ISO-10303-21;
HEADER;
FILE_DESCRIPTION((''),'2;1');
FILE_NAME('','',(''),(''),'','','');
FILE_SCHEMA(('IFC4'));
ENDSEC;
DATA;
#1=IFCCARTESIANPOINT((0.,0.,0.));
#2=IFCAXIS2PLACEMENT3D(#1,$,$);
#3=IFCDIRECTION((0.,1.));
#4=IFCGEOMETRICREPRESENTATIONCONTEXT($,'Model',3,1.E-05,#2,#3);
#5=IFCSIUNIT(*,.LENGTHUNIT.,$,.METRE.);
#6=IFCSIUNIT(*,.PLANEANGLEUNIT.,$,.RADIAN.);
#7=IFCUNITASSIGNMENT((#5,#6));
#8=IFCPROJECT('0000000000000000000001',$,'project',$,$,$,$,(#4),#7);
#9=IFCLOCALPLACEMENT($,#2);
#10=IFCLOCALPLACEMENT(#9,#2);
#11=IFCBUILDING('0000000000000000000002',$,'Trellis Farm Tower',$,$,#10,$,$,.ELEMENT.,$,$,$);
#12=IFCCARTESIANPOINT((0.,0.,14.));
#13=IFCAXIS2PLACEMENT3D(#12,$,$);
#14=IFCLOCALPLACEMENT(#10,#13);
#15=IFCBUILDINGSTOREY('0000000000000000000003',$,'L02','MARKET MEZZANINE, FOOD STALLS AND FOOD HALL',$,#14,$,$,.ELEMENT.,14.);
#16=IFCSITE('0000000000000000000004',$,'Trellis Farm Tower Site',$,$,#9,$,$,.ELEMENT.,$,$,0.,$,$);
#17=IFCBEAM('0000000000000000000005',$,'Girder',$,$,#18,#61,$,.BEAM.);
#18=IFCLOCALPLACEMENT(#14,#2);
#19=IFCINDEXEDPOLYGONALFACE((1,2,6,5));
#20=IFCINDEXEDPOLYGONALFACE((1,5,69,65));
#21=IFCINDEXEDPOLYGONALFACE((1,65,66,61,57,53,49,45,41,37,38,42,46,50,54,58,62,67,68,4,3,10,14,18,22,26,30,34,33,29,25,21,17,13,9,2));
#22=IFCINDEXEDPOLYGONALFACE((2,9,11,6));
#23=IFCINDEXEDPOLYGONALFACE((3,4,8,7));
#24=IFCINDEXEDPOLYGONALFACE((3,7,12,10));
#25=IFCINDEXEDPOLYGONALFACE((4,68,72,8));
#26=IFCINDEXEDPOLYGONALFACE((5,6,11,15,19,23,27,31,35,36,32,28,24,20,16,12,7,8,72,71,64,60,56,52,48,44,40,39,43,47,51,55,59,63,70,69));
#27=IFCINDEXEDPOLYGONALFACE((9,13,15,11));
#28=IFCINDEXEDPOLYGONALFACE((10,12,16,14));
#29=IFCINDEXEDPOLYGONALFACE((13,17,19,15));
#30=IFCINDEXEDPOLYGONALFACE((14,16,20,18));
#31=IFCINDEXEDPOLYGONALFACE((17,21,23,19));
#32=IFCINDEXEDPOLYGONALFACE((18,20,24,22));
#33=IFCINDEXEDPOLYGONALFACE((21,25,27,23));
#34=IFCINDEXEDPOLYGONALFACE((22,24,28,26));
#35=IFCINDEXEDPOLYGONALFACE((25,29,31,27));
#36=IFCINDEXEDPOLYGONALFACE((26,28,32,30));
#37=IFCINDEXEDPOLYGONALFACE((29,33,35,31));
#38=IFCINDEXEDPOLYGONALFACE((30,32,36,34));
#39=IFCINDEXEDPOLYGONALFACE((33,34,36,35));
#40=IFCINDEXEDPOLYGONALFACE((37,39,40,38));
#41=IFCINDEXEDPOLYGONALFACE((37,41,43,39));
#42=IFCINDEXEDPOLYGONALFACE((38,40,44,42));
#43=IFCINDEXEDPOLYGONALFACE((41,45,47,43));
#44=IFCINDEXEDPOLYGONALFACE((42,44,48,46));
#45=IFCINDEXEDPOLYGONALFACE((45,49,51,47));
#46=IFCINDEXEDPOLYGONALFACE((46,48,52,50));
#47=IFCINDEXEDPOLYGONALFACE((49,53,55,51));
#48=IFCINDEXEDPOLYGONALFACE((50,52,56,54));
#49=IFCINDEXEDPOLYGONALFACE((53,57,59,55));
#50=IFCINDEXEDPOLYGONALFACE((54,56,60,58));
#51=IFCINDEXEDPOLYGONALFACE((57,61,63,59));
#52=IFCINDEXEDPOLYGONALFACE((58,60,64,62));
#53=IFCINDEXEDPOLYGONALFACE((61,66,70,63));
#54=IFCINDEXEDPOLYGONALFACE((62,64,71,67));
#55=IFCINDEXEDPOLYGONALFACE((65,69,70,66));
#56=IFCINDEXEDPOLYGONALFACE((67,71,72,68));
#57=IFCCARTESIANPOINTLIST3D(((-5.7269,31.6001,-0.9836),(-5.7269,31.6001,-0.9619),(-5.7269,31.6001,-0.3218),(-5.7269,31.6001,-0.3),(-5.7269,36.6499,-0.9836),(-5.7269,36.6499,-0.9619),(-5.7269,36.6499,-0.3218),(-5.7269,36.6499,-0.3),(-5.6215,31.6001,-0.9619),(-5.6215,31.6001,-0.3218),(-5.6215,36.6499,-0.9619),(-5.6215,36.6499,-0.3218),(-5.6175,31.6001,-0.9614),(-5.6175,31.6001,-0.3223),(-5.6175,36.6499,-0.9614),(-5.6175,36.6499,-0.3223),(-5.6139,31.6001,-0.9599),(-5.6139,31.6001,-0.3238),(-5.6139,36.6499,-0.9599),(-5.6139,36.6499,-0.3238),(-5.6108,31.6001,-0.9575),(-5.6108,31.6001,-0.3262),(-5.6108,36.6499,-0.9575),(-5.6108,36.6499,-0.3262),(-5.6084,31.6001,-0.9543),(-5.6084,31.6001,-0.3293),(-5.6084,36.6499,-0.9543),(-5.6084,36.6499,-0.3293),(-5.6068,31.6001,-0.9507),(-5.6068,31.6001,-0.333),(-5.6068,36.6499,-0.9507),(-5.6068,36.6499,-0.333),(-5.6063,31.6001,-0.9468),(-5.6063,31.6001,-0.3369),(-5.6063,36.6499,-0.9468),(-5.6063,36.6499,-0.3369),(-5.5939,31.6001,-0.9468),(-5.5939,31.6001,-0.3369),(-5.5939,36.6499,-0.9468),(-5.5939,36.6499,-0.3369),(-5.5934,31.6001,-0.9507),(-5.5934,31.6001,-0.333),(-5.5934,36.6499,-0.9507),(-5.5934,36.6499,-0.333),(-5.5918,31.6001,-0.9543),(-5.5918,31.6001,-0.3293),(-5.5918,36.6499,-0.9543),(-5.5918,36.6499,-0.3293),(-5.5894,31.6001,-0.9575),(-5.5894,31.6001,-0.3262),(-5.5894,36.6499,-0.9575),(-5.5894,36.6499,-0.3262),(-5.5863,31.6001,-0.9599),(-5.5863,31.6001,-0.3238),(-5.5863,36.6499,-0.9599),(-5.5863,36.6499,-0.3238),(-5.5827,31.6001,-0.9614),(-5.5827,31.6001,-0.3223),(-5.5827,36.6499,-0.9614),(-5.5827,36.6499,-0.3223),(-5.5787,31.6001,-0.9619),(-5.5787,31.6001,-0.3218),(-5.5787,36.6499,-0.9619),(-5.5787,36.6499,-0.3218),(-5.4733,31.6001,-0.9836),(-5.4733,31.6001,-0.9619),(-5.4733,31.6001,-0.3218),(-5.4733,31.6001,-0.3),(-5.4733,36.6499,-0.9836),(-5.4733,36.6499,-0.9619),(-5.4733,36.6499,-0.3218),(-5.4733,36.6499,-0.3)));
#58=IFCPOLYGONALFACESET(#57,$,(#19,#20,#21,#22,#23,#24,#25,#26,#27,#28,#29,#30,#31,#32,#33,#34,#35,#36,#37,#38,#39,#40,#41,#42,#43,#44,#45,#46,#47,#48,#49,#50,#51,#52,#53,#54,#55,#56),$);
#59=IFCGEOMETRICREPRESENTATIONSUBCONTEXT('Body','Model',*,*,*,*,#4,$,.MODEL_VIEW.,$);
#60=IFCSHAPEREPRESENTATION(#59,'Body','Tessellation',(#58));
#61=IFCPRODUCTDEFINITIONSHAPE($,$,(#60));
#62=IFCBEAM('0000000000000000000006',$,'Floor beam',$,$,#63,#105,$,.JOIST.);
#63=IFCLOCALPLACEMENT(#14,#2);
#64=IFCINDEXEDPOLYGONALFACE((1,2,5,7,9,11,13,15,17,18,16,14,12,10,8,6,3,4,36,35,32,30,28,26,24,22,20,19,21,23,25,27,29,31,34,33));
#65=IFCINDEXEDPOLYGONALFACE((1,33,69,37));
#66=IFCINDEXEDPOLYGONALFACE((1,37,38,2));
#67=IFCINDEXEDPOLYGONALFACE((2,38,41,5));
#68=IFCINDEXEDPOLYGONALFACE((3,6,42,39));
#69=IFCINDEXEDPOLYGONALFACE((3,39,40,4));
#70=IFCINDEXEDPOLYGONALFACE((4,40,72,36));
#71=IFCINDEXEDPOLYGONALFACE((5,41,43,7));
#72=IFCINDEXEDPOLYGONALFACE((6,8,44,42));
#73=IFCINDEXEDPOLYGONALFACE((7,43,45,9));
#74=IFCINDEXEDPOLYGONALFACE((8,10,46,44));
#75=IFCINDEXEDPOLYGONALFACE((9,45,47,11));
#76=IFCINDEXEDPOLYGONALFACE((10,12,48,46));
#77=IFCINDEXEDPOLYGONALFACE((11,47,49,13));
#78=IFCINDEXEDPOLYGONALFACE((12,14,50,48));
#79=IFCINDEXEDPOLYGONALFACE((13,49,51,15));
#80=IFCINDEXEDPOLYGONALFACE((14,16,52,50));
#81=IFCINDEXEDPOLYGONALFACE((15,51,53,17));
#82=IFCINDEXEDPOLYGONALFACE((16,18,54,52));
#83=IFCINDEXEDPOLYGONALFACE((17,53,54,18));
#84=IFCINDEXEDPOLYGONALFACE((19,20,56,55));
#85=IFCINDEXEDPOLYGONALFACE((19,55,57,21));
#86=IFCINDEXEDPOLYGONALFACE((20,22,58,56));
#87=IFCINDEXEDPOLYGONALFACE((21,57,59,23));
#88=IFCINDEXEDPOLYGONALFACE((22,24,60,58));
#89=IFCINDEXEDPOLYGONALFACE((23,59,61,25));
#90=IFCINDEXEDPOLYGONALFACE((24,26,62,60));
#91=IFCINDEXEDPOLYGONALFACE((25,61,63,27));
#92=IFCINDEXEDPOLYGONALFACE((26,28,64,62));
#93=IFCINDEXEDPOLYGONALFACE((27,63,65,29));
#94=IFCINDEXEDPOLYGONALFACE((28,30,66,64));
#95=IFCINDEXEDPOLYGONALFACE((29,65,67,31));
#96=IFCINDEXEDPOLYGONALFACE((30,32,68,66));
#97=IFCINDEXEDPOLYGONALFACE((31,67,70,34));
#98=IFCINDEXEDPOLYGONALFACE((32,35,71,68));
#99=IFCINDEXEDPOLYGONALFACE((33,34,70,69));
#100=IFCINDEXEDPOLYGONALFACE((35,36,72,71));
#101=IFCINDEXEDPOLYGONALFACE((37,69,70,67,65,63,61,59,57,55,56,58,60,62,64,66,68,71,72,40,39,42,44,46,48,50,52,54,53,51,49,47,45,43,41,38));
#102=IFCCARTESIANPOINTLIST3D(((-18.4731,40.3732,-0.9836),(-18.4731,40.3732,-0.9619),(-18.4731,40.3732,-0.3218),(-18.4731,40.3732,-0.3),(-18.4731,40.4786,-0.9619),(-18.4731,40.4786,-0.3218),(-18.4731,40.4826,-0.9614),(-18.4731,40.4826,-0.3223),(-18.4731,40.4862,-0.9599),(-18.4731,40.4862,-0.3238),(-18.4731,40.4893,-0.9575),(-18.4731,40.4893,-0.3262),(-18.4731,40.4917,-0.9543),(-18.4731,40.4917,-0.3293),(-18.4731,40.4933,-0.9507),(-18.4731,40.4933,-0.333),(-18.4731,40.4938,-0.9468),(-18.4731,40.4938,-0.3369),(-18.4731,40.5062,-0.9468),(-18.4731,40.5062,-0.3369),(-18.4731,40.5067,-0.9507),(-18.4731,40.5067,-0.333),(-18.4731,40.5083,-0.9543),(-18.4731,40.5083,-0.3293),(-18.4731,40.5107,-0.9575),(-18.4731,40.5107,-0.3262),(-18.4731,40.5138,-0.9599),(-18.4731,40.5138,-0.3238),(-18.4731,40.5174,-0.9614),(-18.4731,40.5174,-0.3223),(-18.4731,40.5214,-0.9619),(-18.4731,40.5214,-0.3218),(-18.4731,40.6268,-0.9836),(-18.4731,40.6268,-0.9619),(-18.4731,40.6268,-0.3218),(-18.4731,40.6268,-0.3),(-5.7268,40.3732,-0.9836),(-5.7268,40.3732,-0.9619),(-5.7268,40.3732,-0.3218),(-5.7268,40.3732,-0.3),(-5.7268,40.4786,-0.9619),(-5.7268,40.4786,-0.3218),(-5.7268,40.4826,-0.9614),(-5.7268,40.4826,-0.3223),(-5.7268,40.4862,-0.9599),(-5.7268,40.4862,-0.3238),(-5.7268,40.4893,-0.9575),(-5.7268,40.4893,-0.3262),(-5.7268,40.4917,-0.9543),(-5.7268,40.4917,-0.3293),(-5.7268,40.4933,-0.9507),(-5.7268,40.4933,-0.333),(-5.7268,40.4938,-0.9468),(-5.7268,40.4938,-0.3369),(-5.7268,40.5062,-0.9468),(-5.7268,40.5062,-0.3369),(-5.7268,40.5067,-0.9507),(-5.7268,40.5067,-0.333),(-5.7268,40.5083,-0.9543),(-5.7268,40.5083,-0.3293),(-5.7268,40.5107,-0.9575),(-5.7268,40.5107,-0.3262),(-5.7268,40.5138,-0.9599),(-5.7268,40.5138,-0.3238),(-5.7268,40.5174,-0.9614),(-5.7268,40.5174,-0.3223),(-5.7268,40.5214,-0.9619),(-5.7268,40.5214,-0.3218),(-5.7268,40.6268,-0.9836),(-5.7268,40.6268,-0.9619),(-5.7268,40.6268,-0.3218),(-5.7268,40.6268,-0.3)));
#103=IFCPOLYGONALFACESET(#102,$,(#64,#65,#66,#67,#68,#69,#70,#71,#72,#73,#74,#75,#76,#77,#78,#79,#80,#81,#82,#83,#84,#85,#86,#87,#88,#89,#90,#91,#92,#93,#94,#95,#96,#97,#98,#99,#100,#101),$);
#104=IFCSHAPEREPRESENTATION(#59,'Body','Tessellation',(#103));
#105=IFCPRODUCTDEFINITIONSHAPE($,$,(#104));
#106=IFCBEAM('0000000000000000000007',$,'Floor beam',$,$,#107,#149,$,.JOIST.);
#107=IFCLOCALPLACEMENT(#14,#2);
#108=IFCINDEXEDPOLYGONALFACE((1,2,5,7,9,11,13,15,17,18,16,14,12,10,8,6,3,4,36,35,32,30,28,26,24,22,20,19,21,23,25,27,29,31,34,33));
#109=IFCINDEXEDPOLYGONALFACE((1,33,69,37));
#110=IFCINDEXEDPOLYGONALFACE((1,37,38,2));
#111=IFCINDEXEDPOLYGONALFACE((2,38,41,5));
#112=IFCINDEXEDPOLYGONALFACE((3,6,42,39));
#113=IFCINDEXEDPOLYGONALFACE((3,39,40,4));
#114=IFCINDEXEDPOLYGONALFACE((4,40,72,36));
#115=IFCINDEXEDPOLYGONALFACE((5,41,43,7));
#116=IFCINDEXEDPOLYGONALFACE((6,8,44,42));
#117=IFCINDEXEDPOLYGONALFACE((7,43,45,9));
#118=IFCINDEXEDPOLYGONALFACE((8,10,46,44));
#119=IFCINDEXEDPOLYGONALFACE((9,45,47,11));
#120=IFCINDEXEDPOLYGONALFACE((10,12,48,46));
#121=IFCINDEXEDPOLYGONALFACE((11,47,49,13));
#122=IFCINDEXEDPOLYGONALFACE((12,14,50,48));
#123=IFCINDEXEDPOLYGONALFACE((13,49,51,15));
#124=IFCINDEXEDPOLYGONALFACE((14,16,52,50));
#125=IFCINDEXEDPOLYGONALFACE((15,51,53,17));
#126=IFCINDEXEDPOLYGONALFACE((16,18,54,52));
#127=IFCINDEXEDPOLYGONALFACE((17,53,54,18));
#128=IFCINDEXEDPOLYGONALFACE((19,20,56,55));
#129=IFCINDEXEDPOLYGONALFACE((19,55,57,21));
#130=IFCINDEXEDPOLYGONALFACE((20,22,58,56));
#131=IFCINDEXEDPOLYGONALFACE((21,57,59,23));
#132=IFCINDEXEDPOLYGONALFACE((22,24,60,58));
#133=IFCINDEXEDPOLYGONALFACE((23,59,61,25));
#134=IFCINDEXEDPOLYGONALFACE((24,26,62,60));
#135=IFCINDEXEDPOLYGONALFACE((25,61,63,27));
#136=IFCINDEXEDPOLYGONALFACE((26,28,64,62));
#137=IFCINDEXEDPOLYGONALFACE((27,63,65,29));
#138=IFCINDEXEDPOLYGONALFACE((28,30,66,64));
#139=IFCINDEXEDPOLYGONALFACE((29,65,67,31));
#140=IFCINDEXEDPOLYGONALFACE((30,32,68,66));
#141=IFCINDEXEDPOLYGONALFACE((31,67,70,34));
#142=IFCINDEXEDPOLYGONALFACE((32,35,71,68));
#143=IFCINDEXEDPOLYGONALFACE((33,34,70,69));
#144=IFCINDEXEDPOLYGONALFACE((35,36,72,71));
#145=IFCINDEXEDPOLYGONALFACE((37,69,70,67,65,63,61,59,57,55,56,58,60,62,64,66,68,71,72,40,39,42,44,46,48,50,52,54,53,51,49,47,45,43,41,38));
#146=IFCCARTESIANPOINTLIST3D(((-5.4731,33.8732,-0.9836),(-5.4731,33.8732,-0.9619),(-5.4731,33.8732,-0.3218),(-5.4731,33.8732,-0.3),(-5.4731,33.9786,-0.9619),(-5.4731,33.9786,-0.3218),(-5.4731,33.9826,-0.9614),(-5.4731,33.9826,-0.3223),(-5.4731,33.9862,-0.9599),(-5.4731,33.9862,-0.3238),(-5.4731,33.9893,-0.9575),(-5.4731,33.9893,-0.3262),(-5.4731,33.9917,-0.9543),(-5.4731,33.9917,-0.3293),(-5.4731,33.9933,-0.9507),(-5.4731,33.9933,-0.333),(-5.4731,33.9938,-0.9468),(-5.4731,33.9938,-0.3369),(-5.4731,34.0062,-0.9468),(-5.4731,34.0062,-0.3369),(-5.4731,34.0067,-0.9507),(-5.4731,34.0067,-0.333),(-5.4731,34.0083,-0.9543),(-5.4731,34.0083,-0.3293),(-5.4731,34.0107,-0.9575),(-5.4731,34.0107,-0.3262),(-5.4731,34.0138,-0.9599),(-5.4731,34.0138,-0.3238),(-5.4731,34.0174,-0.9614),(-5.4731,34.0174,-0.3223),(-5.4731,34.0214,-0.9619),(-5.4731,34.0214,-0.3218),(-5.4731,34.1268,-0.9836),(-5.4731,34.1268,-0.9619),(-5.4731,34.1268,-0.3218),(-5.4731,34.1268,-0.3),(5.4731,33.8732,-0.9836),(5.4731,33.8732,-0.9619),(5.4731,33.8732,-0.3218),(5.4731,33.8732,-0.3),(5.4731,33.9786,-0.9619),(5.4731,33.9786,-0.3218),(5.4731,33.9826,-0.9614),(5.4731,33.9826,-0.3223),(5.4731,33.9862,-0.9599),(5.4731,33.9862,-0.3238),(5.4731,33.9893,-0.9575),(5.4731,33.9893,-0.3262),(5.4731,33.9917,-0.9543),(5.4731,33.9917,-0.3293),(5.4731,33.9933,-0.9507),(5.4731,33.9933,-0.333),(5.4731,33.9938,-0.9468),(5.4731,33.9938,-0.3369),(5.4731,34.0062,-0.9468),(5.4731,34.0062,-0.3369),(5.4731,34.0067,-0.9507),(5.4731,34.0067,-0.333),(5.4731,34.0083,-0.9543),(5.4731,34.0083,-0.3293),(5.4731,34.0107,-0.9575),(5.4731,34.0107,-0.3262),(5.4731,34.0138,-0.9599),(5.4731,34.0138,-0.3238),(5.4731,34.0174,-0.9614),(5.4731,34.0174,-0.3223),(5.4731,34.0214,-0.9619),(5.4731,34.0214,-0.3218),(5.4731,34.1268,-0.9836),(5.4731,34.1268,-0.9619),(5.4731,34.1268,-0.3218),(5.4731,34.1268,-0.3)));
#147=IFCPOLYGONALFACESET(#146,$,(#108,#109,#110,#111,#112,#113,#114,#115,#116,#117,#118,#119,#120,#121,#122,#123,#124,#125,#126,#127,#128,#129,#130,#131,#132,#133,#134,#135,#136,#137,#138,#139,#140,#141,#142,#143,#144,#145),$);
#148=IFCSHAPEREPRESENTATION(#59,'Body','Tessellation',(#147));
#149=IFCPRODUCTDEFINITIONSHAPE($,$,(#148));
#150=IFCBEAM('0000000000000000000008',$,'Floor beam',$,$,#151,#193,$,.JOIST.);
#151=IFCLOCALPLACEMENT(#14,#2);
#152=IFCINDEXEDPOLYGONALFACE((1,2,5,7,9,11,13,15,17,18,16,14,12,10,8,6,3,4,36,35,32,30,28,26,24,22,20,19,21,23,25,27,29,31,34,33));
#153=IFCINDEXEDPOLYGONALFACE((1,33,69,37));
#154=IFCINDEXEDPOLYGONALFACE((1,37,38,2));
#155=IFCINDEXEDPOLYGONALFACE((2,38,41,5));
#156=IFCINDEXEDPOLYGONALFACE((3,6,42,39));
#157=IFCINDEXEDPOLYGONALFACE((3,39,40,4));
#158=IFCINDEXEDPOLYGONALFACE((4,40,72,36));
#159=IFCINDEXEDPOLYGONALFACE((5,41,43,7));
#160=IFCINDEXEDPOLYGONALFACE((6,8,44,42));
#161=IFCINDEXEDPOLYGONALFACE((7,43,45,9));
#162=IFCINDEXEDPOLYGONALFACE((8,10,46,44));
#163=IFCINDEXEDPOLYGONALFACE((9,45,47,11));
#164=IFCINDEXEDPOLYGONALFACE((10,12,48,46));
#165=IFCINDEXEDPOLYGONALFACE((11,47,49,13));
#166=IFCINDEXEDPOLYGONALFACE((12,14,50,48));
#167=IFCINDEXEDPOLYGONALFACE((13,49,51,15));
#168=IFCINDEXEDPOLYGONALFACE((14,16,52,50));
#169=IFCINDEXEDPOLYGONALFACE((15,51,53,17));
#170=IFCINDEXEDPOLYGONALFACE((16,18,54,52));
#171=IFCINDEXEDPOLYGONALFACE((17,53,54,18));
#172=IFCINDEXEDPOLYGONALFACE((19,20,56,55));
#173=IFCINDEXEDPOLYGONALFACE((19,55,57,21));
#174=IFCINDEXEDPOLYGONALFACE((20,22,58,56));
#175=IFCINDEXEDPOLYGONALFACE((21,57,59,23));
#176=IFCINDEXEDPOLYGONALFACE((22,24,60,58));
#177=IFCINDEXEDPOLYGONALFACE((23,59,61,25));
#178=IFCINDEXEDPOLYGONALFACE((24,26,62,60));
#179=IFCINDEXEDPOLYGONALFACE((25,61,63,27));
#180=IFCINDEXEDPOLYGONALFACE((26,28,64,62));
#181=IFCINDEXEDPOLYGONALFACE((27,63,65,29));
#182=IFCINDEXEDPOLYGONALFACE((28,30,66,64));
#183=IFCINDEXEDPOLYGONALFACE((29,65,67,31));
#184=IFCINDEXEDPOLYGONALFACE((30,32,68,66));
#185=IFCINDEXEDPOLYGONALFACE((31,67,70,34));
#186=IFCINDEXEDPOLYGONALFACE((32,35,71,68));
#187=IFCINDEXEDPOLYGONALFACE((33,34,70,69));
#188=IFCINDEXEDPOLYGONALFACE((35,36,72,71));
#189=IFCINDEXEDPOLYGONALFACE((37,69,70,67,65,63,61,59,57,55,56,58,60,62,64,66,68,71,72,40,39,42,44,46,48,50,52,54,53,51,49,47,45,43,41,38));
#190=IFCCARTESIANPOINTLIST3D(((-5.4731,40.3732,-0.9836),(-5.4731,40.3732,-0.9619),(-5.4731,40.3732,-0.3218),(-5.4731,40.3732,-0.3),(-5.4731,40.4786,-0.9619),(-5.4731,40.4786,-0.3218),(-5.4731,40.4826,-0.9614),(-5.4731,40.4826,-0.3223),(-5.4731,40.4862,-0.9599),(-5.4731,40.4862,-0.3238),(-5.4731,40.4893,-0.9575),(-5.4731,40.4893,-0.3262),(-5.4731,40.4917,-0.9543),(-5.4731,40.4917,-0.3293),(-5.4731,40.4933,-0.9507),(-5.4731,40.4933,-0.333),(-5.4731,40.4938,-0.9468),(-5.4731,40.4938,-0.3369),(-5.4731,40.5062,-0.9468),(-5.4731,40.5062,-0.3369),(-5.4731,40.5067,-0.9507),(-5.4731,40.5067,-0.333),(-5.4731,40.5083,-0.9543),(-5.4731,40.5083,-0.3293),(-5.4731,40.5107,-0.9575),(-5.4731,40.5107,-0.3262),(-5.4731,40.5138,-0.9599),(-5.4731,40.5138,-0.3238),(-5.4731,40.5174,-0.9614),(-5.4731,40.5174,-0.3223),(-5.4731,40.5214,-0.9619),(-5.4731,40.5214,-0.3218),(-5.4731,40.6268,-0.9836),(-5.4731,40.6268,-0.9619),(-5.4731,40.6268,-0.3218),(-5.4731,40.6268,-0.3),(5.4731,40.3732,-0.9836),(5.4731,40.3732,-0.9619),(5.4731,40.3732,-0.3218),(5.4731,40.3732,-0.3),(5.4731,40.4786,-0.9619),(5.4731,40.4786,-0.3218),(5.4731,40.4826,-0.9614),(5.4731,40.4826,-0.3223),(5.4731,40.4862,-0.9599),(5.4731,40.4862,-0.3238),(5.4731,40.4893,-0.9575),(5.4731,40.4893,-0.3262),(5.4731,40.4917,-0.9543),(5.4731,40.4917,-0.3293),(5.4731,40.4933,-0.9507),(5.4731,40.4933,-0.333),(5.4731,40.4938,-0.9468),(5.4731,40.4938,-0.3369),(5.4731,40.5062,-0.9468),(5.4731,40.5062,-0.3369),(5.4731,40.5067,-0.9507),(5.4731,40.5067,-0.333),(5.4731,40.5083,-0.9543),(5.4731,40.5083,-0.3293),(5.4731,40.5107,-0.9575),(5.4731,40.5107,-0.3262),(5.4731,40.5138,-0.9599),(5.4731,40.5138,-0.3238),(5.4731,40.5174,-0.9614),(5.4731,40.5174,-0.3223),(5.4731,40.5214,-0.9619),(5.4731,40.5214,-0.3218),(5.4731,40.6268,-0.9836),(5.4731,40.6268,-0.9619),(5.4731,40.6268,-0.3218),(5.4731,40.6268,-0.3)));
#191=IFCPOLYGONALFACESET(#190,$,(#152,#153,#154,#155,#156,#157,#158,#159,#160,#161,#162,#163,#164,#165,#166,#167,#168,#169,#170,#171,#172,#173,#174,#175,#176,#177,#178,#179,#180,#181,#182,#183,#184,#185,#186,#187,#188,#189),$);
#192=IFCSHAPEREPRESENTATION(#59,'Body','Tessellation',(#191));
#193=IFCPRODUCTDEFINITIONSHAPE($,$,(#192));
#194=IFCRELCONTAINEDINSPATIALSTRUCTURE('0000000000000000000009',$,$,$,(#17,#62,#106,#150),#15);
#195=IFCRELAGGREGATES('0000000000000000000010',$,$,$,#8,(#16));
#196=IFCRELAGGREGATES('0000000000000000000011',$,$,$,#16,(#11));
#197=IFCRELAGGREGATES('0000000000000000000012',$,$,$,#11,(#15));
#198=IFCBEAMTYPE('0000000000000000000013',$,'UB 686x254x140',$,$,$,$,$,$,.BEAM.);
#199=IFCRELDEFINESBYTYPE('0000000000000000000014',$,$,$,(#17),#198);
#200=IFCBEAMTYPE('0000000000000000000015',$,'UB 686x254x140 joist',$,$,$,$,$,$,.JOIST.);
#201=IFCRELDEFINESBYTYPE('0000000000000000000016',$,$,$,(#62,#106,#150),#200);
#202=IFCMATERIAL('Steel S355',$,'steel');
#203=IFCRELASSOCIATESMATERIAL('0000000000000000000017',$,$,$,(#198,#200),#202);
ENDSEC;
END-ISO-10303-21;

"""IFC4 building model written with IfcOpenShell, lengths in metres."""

from ifc_helpers import new_model, si_unit, direction, frame, origin, origin_2d, place, context, subcontext, project, spatial, i_section, extrude, source, transform, mapped, material, material_profile, profile_set, type_object, element, save


model = new_model("IFC4")

# Units and contexts
model_context = context("Model", 3, precision=1e-05, world=origin(), true_north=direction((0.0, 1.0)))
body_context = subcontext(model_context, "Body", "Model", "MODEL_VIEW")
ifc_project = project(units=[si_unit("LENGTHUNIT", "METRE"), si_unit("PLANEANGLEUNIT", "RADIAN")], contexts=[model_context])

# Site, building, storey
site_placement = place(None, origin())
site = spatial("IfcSite", under=ifc_project, at=site_placement, Name="Trellis Farm Tower Site", CompositionType="ELEMENT", RefElevation=0.0)
building_placement = place(site_placement, origin())
building = spatial("IfcBuilding", under=site, at=building_placement, Name="Trellis Farm Tower", CompositionType="ELEMENT")
storey_placement = place(building_placement, frame((0.0, 0.0, 14.0)))
storey = spatial("IfcBuildingStorey", under=building, at=storey_placement, Name="L02", Description="MARKET MEZZANINE, FOOD STALLS AND FOOD HALL", CompositionType="ELEMENT", Elevation=14.0)

# Beams
ifc_material_1 = material(Name="Steel S355", Category="steel")
ifc_material_profile_1 = material_profile(ifc_material_1, i_section(OverallWidth=0.2537, OverallDepth=0.6836, WebThickness=0.0125, FlangeThickness=0.0217, FilletRadius=0.0151, at=origin_2d()), Name="UB 686x254x140")
ifc_profile_set_1 = profile_set([ifc_material_profile_1], Name="Steel S355")
beam_type_1 = type_object("IfcBeamType", Name="UB 686x254x140", PredefinedType="BEAM", material=ifc_profile_set_1)
shared_shape_1 = source(origin(), body_context, "Body", "SweptSolid", [
    extrude(i_section(OverallWidth=0.2537, OverallDepth=0.6836, WebThickness=0.0125, FlangeThickness=0.0217, FilletRadius=0.0151, at=origin_2d()), origin(), (0.0, 0.0, 1.0), 5.0498),
])
beam_1_placement = place(storey_placement, frame((-5.6001, 31.6001, -0.6418), z_axis=(0.0, 1.0, 0.0), x_axis=(-1.0, 0.0, 0.0)))
element("IfcBeam", 1, at=beam_1_placement, inside=storey, type_object=beam_type_1, Name="Girder", PredefinedType="BEAM", context=body_context, shape_type="MappedRepresentation", body=[
    mapped(shared_shape_1, transform((0.0, 0.0, 0.0))),
])
ifc_material_profile_2 = material_profile(ifc_material_1, i_section(OverallWidth=0.2537, OverallDepth=0.6836, WebThickness=0.0125, FlangeThickness=0.0217, FilletRadius=0.0151, at=origin_2d()), Name="UB 686x254x140")
ifc_profile_set_2 = profile_set([ifc_material_profile_2], Name="Steel S355")
beam_type_2 = type_object("IfcBeamType", Name="UB 686x254x140 joist", PredefinedType="JOIST", material=ifc_profile_set_2)
shared_shape_2 = source(origin(), body_context, "Body", "SweptSolid", [
    extrude(i_section(OverallWidth=0.2537, OverallDepth=0.6836, WebThickness=0.0125, FlangeThickness=0.0217, FilletRadius=0.0151, at=origin_2d()), origin(), (0.0, 0.0, 1.0), 12.7463),
])
beam_2_placement = place(storey_placement, frame((-18.4731, 40.5, -0.6418), z_axis=(1.0, 0.0, 0.0), x_axis=(0.0, 1.0, 0.0)))
element("IfcBeam", 2, at=beam_2_placement, inside=storey, type_object=beam_type_2, Name="Floor beam", PredefinedType="JOIST", context=body_context, shape_type="MappedRepresentation", body=[
    mapped(shared_shape_2, transform((0.0, 0.0, 0.0))),
])
shared_shape_3 = source(origin(), body_context, "Body", "SweptSolid", [
    extrude(i_section(OverallWidth=0.2537, OverallDepth=0.6836, WebThickness=0.0125, FlangeThickness=0.0217, FilletRadius=0.0151, at=origin_2d()), origin(), (0.0, 0.0, 1.0), 10.9463),
])
for number, where, z_axis, x_axis, name in (
    (3, (-5.4731, 34.0, -0.6418), (1.0, 0.0, 0.0), (0.0, 1.0, 0.0), "Floor beam"),
    (4, (-5.4731, 40.5, -0.6418), (1.0, 0.0, 0.0), (0.0, 1.0, 0.0), "Floor beam"),
):
    element("IfcBeam", number, at=place(storey_placement, frame(where, z_axis=z_axis, x_axis=x_axis)), inside=storey, type_object=beam_type_2, Name=name, PredefinedType="JOIST", context=body_context, shape_type="MappedRepresentation", body=[
        mapped(shared_shape_3, transform((0.0, 0.0, 0.0))),
    ])

save(model, "model.ifc")
